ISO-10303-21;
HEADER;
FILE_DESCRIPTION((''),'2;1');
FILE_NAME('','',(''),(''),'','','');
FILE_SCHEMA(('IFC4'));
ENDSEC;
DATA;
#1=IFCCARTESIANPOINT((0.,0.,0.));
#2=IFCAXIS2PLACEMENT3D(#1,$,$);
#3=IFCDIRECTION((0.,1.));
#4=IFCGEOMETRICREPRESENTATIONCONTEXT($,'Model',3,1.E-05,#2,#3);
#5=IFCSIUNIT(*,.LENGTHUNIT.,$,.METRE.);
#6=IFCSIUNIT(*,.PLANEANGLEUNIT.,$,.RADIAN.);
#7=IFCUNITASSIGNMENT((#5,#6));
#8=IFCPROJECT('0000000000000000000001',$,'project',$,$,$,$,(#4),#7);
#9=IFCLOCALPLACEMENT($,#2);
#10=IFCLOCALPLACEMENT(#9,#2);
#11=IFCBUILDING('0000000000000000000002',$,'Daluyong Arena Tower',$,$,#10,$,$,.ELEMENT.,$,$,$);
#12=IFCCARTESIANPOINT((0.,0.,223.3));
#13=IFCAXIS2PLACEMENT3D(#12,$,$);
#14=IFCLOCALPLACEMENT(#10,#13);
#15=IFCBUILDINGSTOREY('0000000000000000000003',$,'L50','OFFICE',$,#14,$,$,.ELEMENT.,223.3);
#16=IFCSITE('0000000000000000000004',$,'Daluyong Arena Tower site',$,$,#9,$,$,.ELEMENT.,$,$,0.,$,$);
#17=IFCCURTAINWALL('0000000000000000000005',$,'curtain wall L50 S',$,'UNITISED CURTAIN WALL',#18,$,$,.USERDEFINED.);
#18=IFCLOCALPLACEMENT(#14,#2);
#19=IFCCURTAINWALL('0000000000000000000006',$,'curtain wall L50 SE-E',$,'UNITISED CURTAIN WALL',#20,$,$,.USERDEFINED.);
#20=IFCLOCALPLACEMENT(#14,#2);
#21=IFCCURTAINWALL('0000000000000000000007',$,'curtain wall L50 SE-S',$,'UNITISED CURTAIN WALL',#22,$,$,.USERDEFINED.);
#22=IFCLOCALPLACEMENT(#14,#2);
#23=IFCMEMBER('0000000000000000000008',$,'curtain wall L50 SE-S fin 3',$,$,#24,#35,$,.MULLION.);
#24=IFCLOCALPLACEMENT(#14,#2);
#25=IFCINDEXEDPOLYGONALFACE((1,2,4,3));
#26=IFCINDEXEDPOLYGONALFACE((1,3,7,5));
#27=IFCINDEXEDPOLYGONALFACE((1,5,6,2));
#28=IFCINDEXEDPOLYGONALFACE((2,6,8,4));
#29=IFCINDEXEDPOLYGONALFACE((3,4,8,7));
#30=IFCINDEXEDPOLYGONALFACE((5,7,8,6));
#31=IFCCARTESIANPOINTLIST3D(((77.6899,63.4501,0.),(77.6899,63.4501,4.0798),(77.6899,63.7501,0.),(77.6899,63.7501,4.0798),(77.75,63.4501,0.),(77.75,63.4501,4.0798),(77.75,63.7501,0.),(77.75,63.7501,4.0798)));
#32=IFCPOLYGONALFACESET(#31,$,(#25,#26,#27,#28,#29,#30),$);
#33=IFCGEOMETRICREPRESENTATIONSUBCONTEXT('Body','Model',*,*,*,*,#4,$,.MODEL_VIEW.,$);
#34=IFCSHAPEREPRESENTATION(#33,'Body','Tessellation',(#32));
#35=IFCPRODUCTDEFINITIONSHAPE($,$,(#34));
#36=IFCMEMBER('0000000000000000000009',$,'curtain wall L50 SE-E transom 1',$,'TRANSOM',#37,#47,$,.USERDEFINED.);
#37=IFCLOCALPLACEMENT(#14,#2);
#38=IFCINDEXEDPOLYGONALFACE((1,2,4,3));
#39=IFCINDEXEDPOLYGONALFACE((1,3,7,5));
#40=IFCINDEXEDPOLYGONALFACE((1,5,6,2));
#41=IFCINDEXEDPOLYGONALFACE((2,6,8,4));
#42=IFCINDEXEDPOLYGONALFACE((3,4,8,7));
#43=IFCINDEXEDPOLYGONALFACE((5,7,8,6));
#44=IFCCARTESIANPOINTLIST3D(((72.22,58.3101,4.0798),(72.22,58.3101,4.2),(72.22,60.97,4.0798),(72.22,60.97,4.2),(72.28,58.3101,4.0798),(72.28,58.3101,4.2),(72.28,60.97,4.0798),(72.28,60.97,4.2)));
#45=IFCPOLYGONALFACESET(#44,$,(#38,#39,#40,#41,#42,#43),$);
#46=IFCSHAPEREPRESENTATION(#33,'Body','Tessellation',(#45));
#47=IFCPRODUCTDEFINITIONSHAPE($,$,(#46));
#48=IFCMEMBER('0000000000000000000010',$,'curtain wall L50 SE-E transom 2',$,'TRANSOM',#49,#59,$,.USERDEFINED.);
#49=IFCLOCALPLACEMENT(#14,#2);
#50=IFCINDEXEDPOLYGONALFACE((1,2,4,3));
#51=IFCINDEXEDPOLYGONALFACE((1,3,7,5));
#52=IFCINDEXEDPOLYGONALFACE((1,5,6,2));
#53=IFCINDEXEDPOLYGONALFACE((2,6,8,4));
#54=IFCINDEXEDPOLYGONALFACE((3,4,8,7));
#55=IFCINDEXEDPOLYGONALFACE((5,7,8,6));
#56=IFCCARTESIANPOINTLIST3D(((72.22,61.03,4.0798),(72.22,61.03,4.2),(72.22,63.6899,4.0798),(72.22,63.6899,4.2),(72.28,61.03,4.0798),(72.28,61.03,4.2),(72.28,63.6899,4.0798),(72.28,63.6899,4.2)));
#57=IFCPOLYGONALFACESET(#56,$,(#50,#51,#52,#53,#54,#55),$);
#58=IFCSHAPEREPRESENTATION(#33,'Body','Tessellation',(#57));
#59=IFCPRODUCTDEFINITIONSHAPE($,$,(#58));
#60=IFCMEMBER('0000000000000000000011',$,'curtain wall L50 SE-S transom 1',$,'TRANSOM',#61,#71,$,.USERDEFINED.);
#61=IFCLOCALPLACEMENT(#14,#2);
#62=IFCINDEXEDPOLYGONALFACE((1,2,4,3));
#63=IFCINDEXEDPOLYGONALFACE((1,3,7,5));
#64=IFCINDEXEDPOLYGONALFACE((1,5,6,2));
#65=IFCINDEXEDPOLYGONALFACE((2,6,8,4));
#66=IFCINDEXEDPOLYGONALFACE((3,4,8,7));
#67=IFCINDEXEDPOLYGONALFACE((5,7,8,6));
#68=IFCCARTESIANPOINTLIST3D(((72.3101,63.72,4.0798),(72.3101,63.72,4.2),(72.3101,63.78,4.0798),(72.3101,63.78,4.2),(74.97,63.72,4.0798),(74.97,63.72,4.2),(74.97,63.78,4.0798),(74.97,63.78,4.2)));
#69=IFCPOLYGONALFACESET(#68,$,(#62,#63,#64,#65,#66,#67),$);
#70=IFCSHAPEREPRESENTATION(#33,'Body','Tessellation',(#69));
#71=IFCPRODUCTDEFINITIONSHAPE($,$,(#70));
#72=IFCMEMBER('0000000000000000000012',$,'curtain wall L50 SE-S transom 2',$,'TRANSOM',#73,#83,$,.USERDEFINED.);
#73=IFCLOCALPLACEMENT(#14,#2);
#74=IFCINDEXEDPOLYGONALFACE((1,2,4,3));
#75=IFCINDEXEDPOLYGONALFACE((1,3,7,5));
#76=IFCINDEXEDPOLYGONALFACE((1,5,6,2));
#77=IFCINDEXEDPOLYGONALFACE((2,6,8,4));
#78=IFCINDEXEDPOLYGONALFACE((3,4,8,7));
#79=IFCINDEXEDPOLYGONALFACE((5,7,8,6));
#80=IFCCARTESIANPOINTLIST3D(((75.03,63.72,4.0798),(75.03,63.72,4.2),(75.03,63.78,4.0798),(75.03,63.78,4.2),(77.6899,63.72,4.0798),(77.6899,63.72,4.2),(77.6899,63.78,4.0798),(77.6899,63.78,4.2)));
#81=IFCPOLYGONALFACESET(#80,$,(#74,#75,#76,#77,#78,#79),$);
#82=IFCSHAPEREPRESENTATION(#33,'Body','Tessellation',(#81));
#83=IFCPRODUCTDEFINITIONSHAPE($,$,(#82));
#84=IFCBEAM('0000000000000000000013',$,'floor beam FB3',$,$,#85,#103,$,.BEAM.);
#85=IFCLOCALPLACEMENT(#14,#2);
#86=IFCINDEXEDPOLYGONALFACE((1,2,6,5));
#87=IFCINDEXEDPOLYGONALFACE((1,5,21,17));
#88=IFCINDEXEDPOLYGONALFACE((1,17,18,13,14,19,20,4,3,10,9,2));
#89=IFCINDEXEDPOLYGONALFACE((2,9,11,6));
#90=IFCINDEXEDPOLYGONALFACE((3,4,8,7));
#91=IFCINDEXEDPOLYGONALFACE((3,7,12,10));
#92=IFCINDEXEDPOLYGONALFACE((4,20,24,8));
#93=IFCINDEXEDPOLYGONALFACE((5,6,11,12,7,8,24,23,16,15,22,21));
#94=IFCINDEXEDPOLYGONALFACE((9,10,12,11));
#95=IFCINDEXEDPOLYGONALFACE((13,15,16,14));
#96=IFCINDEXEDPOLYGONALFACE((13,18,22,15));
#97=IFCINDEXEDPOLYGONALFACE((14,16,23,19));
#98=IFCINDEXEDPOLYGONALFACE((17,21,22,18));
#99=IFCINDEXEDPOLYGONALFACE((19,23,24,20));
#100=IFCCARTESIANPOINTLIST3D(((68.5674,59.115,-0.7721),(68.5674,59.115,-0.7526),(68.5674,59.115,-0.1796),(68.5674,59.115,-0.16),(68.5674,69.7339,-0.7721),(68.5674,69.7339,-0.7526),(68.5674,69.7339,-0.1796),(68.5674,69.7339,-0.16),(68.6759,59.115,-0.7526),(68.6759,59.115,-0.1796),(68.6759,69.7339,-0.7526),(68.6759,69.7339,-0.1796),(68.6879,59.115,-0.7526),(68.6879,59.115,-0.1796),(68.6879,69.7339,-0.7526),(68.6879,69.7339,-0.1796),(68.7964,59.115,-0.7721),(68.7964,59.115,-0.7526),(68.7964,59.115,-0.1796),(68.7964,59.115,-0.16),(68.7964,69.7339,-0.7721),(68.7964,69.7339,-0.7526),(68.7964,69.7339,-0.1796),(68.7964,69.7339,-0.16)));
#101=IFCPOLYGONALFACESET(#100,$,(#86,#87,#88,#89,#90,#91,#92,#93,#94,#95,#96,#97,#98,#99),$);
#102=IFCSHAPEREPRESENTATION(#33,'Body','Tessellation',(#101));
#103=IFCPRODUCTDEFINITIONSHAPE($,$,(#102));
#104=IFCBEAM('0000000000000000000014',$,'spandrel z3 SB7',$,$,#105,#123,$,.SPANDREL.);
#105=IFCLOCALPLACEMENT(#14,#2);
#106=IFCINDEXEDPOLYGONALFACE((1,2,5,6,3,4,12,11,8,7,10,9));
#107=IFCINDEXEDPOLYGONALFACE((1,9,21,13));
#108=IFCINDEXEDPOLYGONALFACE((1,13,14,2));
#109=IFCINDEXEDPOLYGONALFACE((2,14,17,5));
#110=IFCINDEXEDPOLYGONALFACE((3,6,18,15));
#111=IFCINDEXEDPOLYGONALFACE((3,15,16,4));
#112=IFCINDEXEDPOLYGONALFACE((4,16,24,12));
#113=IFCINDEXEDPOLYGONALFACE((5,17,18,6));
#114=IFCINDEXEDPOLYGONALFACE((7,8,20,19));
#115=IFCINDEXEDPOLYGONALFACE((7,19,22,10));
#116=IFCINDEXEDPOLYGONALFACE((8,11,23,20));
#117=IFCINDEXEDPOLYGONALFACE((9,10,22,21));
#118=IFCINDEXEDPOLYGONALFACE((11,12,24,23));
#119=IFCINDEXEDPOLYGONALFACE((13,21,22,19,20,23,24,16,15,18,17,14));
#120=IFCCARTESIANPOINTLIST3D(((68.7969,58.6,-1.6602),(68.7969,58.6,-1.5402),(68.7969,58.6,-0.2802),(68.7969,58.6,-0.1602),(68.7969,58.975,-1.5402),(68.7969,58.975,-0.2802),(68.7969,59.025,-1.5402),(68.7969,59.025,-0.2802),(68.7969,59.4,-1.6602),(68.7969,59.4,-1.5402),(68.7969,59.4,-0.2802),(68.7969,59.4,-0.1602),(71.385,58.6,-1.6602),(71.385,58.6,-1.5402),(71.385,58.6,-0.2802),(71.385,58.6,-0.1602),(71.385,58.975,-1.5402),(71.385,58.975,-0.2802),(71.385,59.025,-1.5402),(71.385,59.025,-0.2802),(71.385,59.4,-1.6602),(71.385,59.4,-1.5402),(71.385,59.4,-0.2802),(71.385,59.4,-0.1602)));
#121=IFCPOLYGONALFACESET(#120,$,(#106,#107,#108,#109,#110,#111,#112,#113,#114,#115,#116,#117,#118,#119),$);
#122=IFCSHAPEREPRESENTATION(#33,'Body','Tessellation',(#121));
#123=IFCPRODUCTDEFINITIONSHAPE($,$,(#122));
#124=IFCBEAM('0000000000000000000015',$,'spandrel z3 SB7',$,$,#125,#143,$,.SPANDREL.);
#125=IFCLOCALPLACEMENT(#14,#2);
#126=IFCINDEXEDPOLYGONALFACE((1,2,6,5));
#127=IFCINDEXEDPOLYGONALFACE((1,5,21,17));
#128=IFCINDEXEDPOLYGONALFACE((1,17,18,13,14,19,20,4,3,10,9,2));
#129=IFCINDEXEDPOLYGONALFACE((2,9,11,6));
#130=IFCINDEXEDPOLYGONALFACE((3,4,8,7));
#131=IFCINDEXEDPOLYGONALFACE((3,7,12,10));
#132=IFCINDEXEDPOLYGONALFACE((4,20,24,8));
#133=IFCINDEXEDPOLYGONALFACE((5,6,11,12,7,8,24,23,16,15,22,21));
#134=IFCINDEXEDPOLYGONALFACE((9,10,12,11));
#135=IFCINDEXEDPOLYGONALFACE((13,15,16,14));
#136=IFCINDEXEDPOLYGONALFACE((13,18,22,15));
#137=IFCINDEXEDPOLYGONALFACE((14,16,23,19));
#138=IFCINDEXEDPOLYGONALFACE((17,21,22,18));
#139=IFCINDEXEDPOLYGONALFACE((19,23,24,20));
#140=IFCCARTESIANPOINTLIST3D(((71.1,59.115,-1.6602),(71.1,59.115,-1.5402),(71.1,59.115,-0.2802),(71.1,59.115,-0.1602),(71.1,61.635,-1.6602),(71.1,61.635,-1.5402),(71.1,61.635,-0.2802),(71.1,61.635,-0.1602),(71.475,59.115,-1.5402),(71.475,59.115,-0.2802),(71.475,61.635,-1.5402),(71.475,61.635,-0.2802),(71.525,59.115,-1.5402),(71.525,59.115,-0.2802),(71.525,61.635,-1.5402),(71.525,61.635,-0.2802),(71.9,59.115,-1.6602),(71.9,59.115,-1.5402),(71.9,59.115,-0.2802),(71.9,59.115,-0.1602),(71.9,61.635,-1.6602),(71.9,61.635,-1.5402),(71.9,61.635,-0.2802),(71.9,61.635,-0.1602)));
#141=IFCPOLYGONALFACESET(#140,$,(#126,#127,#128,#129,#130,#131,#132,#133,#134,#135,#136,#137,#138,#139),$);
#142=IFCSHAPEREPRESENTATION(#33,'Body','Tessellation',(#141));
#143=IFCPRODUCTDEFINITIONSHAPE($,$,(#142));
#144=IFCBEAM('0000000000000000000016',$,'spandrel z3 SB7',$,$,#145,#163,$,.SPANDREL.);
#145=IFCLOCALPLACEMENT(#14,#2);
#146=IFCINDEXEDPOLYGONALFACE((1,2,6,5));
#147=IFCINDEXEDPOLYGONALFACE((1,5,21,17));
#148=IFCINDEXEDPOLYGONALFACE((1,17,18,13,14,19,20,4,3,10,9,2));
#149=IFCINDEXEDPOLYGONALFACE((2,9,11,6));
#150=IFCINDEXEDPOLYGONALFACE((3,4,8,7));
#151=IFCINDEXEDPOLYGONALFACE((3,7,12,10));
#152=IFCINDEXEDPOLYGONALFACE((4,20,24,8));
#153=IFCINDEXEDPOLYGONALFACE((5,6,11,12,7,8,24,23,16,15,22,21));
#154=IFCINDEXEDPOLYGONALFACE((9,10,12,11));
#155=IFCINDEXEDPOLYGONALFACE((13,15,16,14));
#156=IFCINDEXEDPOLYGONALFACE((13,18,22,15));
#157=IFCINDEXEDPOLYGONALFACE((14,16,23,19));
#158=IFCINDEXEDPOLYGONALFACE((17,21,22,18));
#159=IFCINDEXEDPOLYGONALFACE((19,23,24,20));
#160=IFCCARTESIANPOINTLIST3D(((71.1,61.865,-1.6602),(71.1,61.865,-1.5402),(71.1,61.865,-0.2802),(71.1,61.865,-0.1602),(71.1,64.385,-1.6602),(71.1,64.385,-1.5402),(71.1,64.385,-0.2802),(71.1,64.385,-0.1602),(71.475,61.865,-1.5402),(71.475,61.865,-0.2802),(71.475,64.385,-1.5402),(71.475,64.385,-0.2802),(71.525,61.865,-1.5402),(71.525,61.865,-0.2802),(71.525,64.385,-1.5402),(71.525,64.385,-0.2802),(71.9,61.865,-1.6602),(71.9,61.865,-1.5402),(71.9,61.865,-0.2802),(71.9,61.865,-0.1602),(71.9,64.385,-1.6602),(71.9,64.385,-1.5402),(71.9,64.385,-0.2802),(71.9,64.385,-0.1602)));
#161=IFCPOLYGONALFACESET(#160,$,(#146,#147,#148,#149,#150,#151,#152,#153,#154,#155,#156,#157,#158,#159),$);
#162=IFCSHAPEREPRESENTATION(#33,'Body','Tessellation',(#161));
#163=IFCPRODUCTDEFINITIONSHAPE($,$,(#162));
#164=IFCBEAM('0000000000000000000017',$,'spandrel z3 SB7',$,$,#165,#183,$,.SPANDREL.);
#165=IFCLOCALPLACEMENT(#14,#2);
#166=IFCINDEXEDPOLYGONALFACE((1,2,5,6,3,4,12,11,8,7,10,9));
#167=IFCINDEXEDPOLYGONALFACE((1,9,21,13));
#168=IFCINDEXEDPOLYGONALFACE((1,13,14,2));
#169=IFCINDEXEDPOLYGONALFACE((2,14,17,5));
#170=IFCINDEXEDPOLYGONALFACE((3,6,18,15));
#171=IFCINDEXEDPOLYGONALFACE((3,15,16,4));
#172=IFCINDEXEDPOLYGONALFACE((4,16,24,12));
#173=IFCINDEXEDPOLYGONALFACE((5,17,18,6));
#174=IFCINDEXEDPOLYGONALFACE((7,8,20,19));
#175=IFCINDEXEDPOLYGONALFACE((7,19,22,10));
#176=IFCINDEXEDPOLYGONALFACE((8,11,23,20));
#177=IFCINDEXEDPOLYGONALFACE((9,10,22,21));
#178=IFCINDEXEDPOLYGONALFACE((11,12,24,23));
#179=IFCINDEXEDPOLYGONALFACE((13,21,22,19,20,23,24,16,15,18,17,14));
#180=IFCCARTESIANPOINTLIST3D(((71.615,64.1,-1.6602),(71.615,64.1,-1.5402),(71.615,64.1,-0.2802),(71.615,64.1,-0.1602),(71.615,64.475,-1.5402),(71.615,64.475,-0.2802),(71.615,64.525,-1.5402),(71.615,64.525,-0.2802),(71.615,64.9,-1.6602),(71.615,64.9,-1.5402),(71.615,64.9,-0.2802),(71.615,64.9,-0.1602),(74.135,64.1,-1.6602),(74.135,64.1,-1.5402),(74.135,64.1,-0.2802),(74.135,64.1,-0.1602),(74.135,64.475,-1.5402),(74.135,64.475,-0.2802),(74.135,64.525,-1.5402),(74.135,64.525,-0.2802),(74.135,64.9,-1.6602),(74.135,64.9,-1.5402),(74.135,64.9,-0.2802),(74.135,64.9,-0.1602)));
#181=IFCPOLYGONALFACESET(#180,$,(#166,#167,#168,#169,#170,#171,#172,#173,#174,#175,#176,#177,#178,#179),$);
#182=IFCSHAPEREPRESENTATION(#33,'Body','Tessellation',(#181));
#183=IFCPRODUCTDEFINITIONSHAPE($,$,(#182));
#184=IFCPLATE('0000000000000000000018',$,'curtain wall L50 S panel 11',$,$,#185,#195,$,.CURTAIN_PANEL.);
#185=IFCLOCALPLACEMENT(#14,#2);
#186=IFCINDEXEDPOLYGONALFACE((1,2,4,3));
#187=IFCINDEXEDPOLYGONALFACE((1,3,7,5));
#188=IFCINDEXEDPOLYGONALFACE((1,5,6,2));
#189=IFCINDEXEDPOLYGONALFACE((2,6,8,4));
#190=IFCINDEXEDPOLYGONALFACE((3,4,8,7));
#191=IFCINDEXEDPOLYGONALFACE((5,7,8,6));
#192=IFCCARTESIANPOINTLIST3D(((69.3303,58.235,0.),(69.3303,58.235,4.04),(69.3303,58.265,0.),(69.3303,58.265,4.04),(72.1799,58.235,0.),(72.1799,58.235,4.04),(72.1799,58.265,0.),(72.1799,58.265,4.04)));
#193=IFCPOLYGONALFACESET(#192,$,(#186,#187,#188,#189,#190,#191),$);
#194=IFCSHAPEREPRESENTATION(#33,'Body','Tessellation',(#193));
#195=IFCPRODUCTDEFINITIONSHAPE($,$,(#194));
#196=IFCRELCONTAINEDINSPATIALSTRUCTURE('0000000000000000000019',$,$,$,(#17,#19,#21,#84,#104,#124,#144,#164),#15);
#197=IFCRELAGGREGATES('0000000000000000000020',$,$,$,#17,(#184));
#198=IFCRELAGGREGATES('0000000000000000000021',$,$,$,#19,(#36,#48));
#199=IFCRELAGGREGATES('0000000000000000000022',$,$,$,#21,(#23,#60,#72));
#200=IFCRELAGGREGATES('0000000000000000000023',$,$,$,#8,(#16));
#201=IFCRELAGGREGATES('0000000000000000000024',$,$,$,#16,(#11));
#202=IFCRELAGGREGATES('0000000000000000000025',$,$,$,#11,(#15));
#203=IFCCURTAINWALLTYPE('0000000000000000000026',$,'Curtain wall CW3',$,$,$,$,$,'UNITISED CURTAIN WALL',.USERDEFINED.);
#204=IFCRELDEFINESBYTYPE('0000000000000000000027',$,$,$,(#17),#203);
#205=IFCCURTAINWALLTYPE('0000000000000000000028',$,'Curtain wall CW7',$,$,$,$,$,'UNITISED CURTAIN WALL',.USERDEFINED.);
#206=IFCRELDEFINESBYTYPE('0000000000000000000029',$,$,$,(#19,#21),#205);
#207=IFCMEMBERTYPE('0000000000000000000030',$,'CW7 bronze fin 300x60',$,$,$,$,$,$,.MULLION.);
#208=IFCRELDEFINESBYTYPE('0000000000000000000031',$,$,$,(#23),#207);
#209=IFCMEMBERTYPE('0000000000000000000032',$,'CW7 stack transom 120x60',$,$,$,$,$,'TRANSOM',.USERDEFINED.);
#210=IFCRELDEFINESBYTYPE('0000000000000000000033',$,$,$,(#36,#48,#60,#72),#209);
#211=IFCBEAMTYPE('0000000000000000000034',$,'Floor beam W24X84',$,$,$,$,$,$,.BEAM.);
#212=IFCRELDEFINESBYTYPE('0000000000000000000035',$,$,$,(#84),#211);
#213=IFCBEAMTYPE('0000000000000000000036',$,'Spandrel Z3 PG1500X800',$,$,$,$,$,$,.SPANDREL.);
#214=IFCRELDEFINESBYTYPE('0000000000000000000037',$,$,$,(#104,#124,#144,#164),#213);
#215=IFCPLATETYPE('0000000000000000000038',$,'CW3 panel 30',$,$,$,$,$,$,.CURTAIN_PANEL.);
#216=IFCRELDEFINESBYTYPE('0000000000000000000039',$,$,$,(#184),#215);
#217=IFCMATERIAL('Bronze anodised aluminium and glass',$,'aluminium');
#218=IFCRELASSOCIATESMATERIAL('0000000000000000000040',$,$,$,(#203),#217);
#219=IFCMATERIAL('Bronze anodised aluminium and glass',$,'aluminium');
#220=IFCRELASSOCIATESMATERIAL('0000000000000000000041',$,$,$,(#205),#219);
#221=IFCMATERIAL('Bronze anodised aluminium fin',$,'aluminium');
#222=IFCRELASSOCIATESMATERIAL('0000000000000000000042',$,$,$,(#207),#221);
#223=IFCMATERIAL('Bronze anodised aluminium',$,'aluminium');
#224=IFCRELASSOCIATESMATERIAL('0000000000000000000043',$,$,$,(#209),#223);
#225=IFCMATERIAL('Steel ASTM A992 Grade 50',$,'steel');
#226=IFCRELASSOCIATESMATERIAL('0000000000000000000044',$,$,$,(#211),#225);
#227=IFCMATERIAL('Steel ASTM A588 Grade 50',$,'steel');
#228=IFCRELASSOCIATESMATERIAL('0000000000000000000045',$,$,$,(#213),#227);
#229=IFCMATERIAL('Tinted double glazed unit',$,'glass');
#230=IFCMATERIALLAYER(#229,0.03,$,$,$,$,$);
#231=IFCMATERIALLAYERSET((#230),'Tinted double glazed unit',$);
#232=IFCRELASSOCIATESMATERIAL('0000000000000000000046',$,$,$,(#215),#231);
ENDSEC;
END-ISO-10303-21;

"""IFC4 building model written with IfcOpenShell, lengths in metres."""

from ifc_helpers import new_model, si_unit, direction, frame, origin, origin_2d, place, context, subcontext, project, spatial, rectangle, i_section, extrude, material, layer, layer_set, material_profile, profile_set, type_object, element, aggregate, save


model = new_model("IFC4")

# Units and contexts
model_context = context("Model", 3, precision=1e-05, world=origin(), true_north=direction((0.0, 1.0)))
body_context = subcontext(model_context, "Body", "Model", "MODEL_VIEW")
ifc_project = project(units=[si_unit("LENGTHUNIT", "METRE"), si_unit("PLANEANGLEUNIT", "RADIAN")], contexts=[model_context])

# Site, building, storey
site_placement = place(None, origin())
site = spatial("IfcSite", under=ifc_project, at=site_placement, Name="Daluyong Arena Tower site", CompositionType="ELEMENT", RefElevation=0.0)
building_placement = place(site_placement, origin())
building = spatial("IfcBuilding", under=site, at=building_placement, Name="Daluyong Arena Tower", CompositionType="ELEMENT")
storey_placement = place(building_placement, frame((0.0, 0.0, 223.3)))
storey = spatial("IfcBuildingStorey", under=building, at=storey_placement, Name="L50", Description="OFFICE", CompositionType="ELEMENT", Elevation=223.3)

# Curtain wall
ifc_material_1 = material(Name="Bronze anodised aluminium and glass", Category="aluminium")
curtain_wall_type_1 = type_object("IfcCurtainWallType", Name="Curtain wall CW3", ElementType="UNITISED CURTAIN WALL", PredefinedType="USERDEFINED", material=ifc_material_1)
curtain_wall_1_placement = place(storey_placement, origin())
curtain_wall_1 = element("IfcCurtainWall", 1, at=curtain_wall_1_placement, inside=storey, type_object=curtain_wall_type_1, Name="curtain wall L50 S", ObjectType="UNITISED CURTAIN WALL", PredefinedType="USERDEFINED")

# Curtain walls, member
ifc_material_2 = material(Name="Bronze anodised aluminium and glass", Category="aluminium")
curtain_wall_type_2 = type_object("IfcCurtainWallType", Name="Curtain wall CW7", ElementType="UNITISED CURTAIN WALL", PredefinedType="USERDEFINED", material=ifc_material_2)
curtain_wall_2_placement = place(storey_placement, origin())
curtain_wall_2 = element("IfcCurtainWall", 2, at=curtain_wall_2_placement, inside=storey, type_object=curtain_wall_type_2, Name="curtain wall L50 SE-E", ObjectType="UNITISED CURTAIN WALL", PredefinedType="USERDEFINED")
ifc_material_3 = material(Name="Bronze anodised aluminium fin", Category="aluminium")
ifc_material_profile_1 = material_profile(ifc_material_3, rectangle(XDim=0.3, YDim=0.0601, at=origin_2d()))
ifc_profile_set_1 = profile_set([ifc_material_profile_1], Name="Bronze anodised aluminium fin")
member_type_1 = type_object("IfcMemberType", Name="CW7 bronze fin 300x60", PredefinedType="MULLION", material=ifc_profile_set_1)
curtain_wall_3_placement = place(storey_placement, origin())
curtain_wall_3 = element("IfcCurtainWall", 3, at=curtain_wall_3_placement, inside=storey, type_object=curtain_wall_type_2, Name="curtain wall L50 SE-S", ObjectType="UNITISED CURTAIN WALL", PredefinedType="USERDEFINED")
member_1_placement = place(storey_placement, frame((77.72, 63.6001, 0.0), z_axis=(0.0, 0.0, 1.0), x_axis=(0.0, 1.0, 0.0)))
member_1 = element("IfcMember", 4, at=member_1_placement, type_object=member_type_1, Name="curtain wall L50 SE-S fin 3", PredefinedType="MULLION", context=body_context, shape_type="SweptSolid", body=[
    extrude(rectangle(XDim=0.3, YDim=0.0601, at=origin_2d()), origin(), (0.0, 0.0, 1.0), 4.0798),
])

# Members
ifc_material_4 = material(Name="Bronze anodised aluminium", Category="aluminium")
ifc_material_profile_2 = material_profile(ifc_material_4, rectangle(XDim=0.0601, YDim=0.1201, at=origin_2d()))
ifc_profile_set_2 = profile_set([ifc_material_profile_2], Name="Bronze anodised aluminium")
member_type_2 = type_object("IfcMemberType", Name="CW7 stack transom 120x60", ElementType="TRANSOM", PredefinedType="USERDEFINED", material=ifc_profile_set_2)
member_2_placement = place(storey_placement, frame((72.25, 58.3101, 4.1399), z_axis=(0.0, 1.0, 0.0), x_axis=(-1.0, 0.0, 0.0)))
member_2 = element("IfcMember", 5, at=member_2_placement, type_object=member_type_2, Name="curtain wall L50 SE-E transom 1", ObjectType="TRANSOM", PredefinedType="USERDEFINED", context=body_context, shape_type="SweptSolid", body=[
    extrude(rectangle(XDim=0.0601, YDim=0.1201, at=origin_2d()), origin(), (0.0, 0.0, 1.0), 2.6599),
])
member_3_placement = place(storey_placement, frame((72.25, 61.03, 4.1399), z_axis=(0.0, 1.0, 0.0), x_axis=(-1.0, 0.0, 0.0)))
member_3 = element("IfcMember", 6, at=member_3_placement, type_object=member_type_2, Name="curtain wall L50 SE-E transom 2", ObjectType="TRANSOM", PredefinedType="USERDEFINED", context=body_context, shape_type="SweptSolid", body=[
    extrude(rectangle(XDim=0.0601, YDim=0.1201, at=origin_2d()), origin(), (0.0, 0.0, 1.0), 2.6599),
])
member_4_placement = place(storey_placement, frame((72.3101, 63.75, 4.1399), z_axis=(1.0, 0.0, 0.0), x_axis=(0.0, 1.0, 0.0)))
member_4 = element("IfcMember", 7, at=member_4_placement, type_object=member_type_2, Name="curtain wall L50 SE-S transom 1", ObjectType="TRANSOM", PredefinedType="USERDEFINED", context=body_context, shape_type="SweptSolid", body=[
    extrude(rectangle(XDim=0.0601, YDim=0.1201, at=origin_2d()), origin(), (0.0, 0.0, 1.0), 2.6599),
])
member_5_placement = place(storey_placement, frame((75.03, 63.75, 4.1399), z_axis=(1.0, 0.0, 0.0), x_axis=(0.0, 1.0, 0.0)))
member_5 = element("IfcMember", 8, at=member_5_placement, type_object=member_type_2, Name="curtain wall L50 SE-S transom 2", ObjectType="TRANSOM", PredefinedType="USERDEFINED", context=body_context, shape_type="SweptSolid", body=[
    extrude(rectangle(XDim=0.0601, YDim=0.1201, at=origin_2d()), origin(), (0.0, 0.0, 1.0), 2.6599),
])

# Beams
ifc_material_5 = material(Name="Steel ASTM A992 Grade 50", Category="steel")
ifc_material_profile_3 = material_profile(ifc_material_5, i_section(OverallWidth=0.229, OverallDepth=0.6121, WebThickness=0.012, FlangeThickness=0.0195, at=origin_2d()))
ifc_profile_set_3 = profile_set([ifc_material_profile_3], Name="Steel ASTM A992 Grade 50")
beam_type_1 = type_object("IfcBeamType", Name="Floor beam W24X84", PredefinedType="BEAM", material=ifc_profile_set_3)
beam_1_placement = place(storey_placement, frame((68.6819, 59.115, -0.4661), z_axis=(0.0, 1.0, 0.0), x_axis=(-1.0, 0.0, 0.0)))
element("IfcBeam", 9, at=beam_1_placement, inside=storey, type_object=beam_type_1, Name="floor beam FB3", PredefinedType="BEAM", context=body_context, shape_type="SweptSolid", body=[
    extrude(i_section(OverallWidth=0.229, OverallDepth=0.6121, WebThickness=0.012, FlangeThickness=0.0195, at=origin_2d()), origin(), (0.0, 0.0, 1.0), 10.6189),
])
ifc_material_6 = material(Name="Steel ASTM A588 Grade 50", Category="steel")
ifc_material_profile_4 = material_profile(ifc_material_6, i_section(OverallWidth=0.8, OverallDepth=1.5, WebThickness=0.05, FlangeThickness=0.12, at=origin_2d()))
ifc_profile_set_4 = profile_set([ifc_material_profile_4], Name="Steel ASTM A588 Grade 50")
beam_type_2 = type_object("IfcBeamType", Name="Spandrel Z3 PG1500X800", PredefinedType="SPANDREL", material=ifc_profile_set_4)
beam_2_placement = place(storey_placement, frame((68.7969, 59.0, -0.9102), z_axis=(1.0, 0.0, 0.0), x_axis=(0.0, 1.0, 0.0)))
element("IfcBeam", 10, at=beam_2_placement, inside=storey, type_object=beam_type_2, Name="spandrel z3 SB7", PredefinedType="SPANDREL", context=body_context, shape_type="SweptSolid", body=[
    extrude(i_section(OverallWidth=0.8, OverallDepth=1.5, WebThickness=0.05, FlangeThickness=0.12, at=origin_2d()), origin(), (0.0, 0.0, 1.0), 2.5881),
])
for number, where, z_axis, x_axis, name in (
    (11, (71.5, 59.115, -0.9102), (0.0, 1.0, 0.0), (-1.0, 0.0, 0.0), "spandrel z3 SB7"),
    (12, (71.5, 61.865, -0.9102), (0.0, 1.0, 0.0), (-1.0, 0.0, 0.0), "spandrel z3 SB7"),
    (13, (71.615, 64.5, -0.9102), (1.0, 0.0, 0.0), (0.0, 1.0, 0.0), "spandrel z3 SB7"),
):
    element("IfcBeam", number, at=place(storey_placement, frame(where, z_axis=z_axis, x_axis=x_axis)), inside=storey, type_object=beam_type_2, Name=name, PredefinedType="SPANDREL", context=body_context, shape_type="SweptSolid", body=[
        extrude(i_section(OverallWidth=0.8, OverallDepth=1.5, WebThickness=0.05, FlangeThickness=0.12, at=origin_2d()), origin(), (0.0, 0.0, 1.0), 2.52),
    ])

# Plate
ifc_material_7 = material(Name="Tinted double glazed unit", Category="glass")
ifc_layer_1 = layer(ifc_material_7, 0.03)
ifc_layer_set_1 = layer_set([ifc_layer_1], Name="Tinted double glazed unit")
plate_type_1 = type_object("IfcPlateType", Name="CW3 panel 30", PredefinedType="CURTAIN_PANEL", material=ifc_layer_set_1)
plate_1_placement = place(storey_placement, frame((70.7551, 58.25, 0.0), z_axis=(0.0, 0.0, 1.0), x_axis=(1.0, 0.0, 0.0)))
plate_1 = element("IfcPlate", 14, at=plate_1_placement, type_object=plate_type_1, Name="curtain wall L50 S panel 11", PredefinedType="CURTAIN_PANEL", context=body_context, shape_type="SweptSolid", body=[
    extrude(rectangle(XDim=2.8496, YDim=0.03, at=origin_2d()), origin(), (0.0, 0.0, 1.0), 4.04),
])
aggregate(curtain_wall_1, [plate_1])
aggregate(curtain_wall_2, [member_2, member_3])
aggregate(curtain_wall_3, [member_1, member_4, member_5])

save(model, "model.ifc")
